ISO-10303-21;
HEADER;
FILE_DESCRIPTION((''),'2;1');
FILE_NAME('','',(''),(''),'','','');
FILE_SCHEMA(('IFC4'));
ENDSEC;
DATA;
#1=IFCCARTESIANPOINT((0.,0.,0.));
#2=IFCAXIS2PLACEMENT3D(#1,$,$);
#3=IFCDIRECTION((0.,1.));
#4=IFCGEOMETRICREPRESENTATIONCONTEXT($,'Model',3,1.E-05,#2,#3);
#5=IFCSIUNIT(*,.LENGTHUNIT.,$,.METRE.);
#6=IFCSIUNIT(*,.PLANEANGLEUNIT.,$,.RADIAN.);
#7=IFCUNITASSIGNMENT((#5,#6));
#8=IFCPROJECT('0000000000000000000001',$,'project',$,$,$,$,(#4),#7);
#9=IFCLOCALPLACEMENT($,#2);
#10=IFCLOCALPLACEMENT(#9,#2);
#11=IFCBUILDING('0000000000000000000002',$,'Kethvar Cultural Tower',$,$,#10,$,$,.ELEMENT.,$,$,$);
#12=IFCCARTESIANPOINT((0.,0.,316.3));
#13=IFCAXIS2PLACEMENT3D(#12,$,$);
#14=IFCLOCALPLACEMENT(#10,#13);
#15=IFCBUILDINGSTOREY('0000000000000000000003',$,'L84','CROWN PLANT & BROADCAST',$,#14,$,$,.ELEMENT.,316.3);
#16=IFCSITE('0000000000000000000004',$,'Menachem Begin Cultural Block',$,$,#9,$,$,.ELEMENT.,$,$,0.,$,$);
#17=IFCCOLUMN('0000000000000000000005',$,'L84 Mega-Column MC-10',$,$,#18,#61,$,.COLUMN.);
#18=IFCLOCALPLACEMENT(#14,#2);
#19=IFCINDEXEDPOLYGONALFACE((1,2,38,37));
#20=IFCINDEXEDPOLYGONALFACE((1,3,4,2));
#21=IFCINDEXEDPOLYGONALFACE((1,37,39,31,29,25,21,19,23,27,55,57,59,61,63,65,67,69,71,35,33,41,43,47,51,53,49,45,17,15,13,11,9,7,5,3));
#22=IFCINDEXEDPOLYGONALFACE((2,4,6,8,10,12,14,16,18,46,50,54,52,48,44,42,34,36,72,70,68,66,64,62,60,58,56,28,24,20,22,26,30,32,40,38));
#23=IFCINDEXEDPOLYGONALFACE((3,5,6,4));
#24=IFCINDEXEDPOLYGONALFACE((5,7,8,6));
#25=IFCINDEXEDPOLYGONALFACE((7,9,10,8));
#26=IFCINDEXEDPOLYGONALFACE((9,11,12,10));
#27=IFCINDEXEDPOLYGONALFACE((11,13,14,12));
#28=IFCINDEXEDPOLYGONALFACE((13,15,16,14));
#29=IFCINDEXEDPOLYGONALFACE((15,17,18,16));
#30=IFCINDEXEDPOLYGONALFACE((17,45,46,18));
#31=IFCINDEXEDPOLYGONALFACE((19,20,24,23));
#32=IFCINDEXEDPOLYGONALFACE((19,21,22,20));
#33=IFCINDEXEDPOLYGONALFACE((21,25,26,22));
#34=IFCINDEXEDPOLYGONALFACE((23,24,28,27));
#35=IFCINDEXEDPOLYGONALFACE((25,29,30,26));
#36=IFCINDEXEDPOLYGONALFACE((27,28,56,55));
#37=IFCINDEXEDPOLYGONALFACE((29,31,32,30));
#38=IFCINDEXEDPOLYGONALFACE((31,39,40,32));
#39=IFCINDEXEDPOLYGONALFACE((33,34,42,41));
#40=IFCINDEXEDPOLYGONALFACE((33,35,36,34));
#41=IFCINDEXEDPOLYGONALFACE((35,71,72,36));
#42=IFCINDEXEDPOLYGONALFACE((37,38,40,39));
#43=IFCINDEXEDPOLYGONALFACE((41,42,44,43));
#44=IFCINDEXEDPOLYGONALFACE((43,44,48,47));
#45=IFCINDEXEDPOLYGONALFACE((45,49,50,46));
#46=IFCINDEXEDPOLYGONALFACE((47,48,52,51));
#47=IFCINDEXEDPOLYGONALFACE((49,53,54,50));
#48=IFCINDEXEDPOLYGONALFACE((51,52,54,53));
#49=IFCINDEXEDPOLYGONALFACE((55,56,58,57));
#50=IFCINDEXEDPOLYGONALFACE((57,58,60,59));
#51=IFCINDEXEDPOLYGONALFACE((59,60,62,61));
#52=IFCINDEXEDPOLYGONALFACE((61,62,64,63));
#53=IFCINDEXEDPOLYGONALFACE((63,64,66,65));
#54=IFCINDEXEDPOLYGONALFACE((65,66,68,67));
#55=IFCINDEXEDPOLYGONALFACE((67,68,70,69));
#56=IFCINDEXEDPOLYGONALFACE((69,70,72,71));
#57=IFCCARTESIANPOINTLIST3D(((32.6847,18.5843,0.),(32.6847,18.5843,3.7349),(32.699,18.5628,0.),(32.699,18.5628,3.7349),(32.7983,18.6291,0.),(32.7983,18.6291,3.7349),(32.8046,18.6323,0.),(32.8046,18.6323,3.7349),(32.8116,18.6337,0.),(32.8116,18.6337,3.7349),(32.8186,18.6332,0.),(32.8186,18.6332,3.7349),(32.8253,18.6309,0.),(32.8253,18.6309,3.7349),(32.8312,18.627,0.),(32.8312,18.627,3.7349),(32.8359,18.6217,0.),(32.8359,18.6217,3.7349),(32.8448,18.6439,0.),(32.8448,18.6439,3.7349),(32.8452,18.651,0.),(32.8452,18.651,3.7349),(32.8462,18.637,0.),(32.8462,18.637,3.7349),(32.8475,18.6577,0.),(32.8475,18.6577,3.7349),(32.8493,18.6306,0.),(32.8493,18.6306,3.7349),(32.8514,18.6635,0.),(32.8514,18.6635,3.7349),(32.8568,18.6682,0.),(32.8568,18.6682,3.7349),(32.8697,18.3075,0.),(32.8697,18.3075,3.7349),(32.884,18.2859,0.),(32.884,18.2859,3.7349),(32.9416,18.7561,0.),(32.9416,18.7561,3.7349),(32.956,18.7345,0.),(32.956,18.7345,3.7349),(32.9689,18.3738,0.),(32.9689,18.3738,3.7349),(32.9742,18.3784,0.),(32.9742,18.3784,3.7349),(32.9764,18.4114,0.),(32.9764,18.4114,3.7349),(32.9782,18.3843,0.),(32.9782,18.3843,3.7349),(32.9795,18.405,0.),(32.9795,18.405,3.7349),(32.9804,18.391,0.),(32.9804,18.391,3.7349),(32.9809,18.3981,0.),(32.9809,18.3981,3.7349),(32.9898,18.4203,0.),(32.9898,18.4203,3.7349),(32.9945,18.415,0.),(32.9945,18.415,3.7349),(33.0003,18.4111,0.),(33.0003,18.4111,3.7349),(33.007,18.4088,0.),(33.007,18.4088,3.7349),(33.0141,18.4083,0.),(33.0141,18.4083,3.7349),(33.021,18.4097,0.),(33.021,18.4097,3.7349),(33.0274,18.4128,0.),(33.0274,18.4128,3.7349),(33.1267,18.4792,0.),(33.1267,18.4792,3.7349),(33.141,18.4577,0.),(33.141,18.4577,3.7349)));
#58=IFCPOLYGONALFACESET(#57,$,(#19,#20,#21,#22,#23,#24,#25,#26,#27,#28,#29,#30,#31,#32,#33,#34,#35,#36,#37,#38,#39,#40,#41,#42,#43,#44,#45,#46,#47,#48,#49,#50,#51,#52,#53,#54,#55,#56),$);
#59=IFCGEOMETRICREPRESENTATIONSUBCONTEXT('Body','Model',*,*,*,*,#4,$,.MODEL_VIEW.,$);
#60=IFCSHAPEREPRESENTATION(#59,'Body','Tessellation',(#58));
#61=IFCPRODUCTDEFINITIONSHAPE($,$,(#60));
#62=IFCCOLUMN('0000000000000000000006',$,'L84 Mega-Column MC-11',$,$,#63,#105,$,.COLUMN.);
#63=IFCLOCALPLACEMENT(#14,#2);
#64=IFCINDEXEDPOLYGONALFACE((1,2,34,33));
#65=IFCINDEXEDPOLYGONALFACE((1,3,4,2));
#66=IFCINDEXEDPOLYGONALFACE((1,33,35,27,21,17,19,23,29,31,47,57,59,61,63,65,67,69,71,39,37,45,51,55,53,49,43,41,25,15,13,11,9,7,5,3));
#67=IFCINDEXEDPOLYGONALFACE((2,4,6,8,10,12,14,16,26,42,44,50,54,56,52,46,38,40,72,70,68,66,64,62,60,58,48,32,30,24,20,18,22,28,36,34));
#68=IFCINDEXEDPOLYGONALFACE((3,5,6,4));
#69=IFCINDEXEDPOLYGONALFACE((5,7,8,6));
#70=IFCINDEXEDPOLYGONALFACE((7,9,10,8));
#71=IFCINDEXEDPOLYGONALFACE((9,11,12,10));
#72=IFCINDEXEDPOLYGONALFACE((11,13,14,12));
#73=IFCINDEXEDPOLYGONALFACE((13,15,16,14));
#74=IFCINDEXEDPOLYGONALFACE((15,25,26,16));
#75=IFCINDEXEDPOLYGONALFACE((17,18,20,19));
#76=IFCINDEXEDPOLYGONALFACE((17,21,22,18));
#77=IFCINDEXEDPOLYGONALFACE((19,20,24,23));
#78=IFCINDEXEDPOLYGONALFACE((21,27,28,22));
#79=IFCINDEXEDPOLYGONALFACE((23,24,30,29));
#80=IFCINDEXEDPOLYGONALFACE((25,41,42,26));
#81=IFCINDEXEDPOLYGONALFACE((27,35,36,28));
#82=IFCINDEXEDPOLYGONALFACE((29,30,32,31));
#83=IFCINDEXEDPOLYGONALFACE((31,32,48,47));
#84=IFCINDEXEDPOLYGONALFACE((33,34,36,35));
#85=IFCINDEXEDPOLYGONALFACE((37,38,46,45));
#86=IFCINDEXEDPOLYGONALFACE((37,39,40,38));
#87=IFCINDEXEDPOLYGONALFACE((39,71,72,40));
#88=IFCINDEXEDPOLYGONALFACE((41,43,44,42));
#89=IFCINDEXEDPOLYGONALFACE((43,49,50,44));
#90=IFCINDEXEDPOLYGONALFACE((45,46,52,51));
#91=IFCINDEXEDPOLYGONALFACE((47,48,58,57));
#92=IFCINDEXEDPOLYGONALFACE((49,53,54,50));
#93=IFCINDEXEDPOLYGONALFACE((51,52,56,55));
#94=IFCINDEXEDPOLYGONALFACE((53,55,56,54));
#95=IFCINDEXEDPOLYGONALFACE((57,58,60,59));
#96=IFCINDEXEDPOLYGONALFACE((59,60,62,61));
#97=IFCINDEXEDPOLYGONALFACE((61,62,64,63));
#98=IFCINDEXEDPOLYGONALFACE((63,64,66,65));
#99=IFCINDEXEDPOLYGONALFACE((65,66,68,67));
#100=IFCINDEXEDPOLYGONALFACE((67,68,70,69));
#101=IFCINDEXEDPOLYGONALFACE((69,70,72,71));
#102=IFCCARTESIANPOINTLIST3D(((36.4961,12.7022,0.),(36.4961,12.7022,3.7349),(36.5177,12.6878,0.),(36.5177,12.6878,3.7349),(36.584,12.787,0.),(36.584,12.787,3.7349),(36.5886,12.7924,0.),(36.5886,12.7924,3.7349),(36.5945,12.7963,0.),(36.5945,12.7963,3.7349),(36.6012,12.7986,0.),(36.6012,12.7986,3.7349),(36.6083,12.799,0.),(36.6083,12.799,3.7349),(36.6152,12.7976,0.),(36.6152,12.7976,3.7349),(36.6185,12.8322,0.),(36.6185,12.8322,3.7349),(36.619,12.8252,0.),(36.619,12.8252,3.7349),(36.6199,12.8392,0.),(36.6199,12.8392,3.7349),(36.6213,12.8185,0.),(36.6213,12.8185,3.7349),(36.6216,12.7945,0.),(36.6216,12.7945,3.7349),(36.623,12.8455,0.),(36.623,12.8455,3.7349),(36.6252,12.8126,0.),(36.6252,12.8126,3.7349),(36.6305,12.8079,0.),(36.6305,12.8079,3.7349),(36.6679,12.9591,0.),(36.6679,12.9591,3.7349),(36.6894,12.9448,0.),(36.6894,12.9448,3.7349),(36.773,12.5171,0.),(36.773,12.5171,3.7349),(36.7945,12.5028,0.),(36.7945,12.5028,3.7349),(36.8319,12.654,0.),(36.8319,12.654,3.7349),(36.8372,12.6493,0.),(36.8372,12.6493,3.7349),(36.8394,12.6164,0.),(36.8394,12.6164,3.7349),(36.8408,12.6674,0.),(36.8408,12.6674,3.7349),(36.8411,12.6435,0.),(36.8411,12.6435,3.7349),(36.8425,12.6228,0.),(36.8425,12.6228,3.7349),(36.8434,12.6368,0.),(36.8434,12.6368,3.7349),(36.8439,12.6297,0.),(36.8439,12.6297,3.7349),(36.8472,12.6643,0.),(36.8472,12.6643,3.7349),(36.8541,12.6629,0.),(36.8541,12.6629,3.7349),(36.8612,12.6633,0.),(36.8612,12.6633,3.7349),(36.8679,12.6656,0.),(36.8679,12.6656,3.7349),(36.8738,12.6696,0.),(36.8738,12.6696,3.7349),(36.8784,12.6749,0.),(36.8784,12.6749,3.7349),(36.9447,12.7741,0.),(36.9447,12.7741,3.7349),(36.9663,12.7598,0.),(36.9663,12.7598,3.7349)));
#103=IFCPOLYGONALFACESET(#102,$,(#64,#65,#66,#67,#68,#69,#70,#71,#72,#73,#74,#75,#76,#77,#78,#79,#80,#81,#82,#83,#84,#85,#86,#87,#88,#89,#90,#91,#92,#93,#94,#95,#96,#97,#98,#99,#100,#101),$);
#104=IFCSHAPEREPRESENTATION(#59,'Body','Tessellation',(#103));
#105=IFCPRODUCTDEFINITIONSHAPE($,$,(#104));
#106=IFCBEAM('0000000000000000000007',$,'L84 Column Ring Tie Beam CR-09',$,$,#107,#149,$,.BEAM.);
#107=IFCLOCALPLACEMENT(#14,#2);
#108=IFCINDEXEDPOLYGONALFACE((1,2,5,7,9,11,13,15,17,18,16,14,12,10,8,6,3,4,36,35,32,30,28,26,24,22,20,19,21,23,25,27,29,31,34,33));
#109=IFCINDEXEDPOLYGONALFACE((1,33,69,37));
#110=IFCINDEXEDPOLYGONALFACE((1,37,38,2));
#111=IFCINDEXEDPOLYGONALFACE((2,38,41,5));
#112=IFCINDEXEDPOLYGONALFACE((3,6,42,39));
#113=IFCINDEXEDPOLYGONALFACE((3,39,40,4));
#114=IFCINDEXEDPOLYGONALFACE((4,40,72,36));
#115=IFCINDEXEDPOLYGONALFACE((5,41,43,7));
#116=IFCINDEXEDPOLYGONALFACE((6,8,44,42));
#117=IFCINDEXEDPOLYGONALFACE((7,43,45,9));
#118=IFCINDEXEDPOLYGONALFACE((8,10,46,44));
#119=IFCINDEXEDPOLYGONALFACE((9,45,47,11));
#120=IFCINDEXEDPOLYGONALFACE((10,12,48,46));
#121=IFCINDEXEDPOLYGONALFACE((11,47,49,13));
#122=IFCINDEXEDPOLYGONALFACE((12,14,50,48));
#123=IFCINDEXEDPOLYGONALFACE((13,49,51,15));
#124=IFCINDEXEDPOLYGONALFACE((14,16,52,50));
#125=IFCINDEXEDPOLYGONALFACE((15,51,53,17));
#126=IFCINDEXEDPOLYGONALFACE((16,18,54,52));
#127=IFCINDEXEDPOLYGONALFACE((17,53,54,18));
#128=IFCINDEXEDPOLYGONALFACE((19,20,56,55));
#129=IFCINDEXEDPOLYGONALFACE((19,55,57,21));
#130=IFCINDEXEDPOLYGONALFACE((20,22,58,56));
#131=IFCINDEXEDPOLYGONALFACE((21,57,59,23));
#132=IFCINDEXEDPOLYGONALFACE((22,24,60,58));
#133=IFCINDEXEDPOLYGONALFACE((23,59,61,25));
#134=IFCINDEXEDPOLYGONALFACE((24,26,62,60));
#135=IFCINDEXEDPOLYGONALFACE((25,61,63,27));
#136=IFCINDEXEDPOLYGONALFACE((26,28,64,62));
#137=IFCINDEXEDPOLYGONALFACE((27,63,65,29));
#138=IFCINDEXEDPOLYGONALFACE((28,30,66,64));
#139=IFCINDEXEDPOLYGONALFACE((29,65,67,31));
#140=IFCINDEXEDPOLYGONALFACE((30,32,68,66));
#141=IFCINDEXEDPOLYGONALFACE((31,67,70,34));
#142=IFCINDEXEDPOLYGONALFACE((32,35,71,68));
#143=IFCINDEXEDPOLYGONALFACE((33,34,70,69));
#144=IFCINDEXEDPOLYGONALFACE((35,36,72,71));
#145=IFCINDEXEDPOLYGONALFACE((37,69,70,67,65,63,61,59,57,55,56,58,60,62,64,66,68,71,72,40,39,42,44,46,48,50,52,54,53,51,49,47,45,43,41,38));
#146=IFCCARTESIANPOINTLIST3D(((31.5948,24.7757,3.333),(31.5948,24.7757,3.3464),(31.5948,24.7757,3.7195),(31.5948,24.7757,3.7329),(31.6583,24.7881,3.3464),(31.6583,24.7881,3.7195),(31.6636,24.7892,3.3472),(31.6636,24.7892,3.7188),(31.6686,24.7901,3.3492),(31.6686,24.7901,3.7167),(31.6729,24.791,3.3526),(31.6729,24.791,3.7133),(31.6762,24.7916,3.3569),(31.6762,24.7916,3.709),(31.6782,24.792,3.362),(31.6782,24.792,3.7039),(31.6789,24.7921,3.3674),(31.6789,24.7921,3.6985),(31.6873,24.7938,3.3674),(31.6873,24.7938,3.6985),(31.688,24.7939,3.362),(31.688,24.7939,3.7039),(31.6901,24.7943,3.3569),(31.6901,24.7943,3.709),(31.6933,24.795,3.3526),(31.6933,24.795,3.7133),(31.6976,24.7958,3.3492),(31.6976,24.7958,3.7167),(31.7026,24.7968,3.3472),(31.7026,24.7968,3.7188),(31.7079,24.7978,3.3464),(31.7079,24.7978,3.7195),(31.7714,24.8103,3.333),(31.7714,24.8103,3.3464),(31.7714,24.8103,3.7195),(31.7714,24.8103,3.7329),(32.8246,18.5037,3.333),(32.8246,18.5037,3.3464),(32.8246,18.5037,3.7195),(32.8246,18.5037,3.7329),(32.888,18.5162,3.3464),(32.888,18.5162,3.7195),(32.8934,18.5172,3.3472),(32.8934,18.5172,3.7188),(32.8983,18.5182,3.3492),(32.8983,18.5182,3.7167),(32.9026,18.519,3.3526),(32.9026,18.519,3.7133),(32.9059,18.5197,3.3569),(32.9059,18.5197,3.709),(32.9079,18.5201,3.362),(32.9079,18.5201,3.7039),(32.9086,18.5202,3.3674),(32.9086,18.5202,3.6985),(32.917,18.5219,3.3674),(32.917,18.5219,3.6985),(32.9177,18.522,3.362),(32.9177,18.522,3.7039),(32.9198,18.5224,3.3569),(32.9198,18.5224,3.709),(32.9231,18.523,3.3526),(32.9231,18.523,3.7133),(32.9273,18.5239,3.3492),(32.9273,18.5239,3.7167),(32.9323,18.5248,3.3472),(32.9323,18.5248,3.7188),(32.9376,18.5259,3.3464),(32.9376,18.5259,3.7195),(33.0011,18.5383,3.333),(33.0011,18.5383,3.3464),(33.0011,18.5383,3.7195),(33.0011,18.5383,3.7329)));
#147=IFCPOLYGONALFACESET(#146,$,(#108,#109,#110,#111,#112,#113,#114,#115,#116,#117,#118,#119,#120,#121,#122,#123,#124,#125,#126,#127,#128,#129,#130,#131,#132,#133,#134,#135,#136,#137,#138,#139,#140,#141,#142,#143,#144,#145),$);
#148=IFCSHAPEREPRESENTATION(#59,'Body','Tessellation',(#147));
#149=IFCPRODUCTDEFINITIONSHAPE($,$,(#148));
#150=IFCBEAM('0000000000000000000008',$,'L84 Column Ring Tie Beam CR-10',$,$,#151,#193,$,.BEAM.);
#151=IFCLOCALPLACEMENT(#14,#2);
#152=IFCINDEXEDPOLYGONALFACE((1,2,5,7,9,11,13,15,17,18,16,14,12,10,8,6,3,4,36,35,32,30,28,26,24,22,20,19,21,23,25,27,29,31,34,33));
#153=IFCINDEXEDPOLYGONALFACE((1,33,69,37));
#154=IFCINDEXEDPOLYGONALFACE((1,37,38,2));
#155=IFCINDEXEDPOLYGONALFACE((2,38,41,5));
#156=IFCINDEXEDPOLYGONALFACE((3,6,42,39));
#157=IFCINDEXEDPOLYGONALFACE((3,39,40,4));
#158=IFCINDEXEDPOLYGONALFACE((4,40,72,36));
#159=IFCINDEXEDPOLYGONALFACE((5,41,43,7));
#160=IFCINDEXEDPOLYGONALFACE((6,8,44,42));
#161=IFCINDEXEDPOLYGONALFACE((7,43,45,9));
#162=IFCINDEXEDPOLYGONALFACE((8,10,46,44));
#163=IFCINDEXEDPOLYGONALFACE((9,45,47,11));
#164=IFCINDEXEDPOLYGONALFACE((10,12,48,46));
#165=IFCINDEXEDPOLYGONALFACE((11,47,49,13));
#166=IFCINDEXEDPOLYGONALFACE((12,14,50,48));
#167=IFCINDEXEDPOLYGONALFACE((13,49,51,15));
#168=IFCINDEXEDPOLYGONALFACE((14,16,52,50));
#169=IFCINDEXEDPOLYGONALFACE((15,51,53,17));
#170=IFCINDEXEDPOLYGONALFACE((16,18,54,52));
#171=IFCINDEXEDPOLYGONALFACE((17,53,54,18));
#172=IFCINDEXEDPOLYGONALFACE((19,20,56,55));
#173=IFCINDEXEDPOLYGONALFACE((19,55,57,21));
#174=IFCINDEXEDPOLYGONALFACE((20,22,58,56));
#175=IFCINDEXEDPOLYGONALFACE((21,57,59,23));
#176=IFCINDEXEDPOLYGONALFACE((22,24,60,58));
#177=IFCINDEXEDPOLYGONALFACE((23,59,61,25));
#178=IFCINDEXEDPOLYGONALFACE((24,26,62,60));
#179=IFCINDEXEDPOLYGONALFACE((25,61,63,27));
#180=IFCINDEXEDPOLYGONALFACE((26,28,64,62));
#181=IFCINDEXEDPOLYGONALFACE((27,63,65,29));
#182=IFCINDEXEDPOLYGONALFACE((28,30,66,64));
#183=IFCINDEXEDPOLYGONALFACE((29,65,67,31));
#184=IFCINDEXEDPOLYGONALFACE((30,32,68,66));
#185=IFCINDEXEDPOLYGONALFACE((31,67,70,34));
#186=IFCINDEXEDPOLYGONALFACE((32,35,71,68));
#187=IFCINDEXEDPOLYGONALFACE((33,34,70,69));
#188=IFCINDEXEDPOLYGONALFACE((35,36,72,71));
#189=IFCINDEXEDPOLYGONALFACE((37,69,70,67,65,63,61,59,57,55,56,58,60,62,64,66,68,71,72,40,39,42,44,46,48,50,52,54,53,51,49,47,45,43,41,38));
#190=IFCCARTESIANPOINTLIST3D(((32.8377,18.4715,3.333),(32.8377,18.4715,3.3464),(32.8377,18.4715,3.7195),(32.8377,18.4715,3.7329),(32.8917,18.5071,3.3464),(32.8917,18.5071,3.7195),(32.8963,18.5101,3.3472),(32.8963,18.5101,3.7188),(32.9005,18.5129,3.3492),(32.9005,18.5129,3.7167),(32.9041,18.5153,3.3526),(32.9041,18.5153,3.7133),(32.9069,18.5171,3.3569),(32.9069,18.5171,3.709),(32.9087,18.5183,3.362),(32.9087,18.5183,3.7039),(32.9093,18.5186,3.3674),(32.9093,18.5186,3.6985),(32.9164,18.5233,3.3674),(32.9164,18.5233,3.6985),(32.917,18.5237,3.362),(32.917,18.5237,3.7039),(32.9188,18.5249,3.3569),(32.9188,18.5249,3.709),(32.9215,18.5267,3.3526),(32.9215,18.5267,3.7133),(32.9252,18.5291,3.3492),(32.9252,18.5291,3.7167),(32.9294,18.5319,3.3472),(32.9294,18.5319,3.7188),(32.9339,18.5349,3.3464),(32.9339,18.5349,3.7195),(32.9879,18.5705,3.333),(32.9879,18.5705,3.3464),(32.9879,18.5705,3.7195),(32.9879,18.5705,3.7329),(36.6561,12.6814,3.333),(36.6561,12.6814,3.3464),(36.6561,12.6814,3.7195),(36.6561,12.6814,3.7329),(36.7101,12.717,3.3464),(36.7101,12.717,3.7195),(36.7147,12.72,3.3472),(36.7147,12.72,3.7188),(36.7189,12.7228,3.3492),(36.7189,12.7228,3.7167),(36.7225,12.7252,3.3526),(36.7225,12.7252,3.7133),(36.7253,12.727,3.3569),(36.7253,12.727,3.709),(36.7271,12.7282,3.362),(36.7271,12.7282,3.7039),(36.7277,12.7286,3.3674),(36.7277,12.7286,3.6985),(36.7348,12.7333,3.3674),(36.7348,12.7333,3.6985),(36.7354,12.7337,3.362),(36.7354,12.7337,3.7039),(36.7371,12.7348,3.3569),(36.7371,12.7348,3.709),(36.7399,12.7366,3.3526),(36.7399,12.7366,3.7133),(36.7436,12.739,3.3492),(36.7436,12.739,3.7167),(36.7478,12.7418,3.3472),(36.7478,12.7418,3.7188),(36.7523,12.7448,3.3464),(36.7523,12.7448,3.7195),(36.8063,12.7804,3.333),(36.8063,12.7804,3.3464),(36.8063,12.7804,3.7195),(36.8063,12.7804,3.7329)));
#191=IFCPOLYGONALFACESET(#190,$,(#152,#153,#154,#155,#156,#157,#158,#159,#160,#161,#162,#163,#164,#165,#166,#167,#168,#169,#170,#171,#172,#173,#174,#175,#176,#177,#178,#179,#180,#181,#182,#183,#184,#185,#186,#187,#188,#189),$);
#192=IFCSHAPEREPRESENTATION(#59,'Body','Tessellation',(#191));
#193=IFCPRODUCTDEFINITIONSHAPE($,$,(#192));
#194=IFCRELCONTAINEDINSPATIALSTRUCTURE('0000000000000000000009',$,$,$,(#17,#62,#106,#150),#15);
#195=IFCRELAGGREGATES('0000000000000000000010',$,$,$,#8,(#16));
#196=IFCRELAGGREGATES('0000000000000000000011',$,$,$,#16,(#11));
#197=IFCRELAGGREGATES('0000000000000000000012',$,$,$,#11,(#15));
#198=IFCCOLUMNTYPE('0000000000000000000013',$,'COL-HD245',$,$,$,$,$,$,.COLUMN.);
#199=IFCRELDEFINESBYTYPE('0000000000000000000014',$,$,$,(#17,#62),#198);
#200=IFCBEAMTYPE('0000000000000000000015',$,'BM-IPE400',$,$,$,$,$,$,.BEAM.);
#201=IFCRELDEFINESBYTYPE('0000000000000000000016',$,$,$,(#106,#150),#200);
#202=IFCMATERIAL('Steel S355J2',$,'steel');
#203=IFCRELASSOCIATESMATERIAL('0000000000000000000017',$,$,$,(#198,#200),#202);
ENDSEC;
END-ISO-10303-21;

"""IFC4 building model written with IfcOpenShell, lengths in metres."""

from ifc_helpers import new_model, si_unit, direction, frame, origin, origin_2d, place, context, subcontext, project, spatial, i_section, extrude, source, transform, mapped, material, material_profile, profile_set, type_object, element, save


model = new_model("IFC4")

# Units and contexts
model_context = context("Model", 3, precision=1e-05, world=origin(), true_north=direction((0.0, 1.0)))
body_context = subcontext(model_context, "Body", "Model", "MODEL_VIEW")
ifc_project = project(units=[si_unit("LENGTHUNIT", "METRE"), si_unit("PLANEANGLEUNIT", "RADIAN")], contexts=[model_context])

# Site, building, storey
site_placement = place(None, origin())
site = spatial("IfcSite", under=ifc_project, at=site_placement, Name="Menachem Begin Cultural Block", CompositionType="ELEMENT", RefElevation=0.0)
building_placement = place(site_placement, origin())
building = spatial("IfcBuilding", under=site, at=building_placement, Name="Kethvar Cultural Tower", CompositionType="ELEMENT")
storey_placement = place(building_placement, frame((0.0, 0.0, 316.3)))
storey = spatial("IfcBuildingStorey", under=building, at=storey_placement, Name="L84", Description="CROWN PLANT & BROADCAST", CompositionType="ELEMENT", Elevation=316.3)

# Columns
ifc_material_1 = material(Name="Steel S355J2", Category="steel")
ifc_material_profile_1 = material_profile(ifc_material_1, i_section(OverallWidth=0.3091, OverallDepth=0.3589, WebThickness=0.0161, FlangeThickness=0.0259, FilletRadius=0.0271, at=origin_2d()), Name="Steel S355J2 — HD320x245")
ifc_profile_set_1 = profile_set([ifc_material_profile_1], Name="Steel S355J2 — HD320x245")
column_type = type_object("IfcColumnType", Name="COL-HD245", PredefinedType="COLUMN", material=ifc_profile_set_1)
shared_shape_1 = source(origin(), body_context, "Body", "SweptSolid", [
    extrude(i_section(OverallWidth=0.3091, OverallDepth=0.3589, WebThickness=0.0161, FlangeThickness=0.0259, FilletRadius=0.0271, at=origin_2d()), origin(), (0.0, 0.0, 1.0), 3.7349),
])
for number, where, z_axis, x_axis, name in (
    (1, (32.9128, 18.521, 0.0), (0.0, 0.0, 1.0), (-0.83147, -0.55557, 0.0), "L84 Mega-Column MC-10"),
    (2, (36.7312, 12.731, 0.0), (0.0, 0.0, 1.0), (-0.55557, -0.83147, 0.0), "L84 Mega-Column MC-11"),
):
    element("IfcColumn", number, at=place(storey_placement, frame(where, z_axis=z_axis, x_axis=x_axis)), inside=storey, type_object=column_type, Name=name, PredefinedType="COLUMN", context=body_context, shape_type="MappedRepresentation", body=[
        mapped(shared_shape_1, transform((0.0, 0.0, 0.0), scale=1.0)),
    ])

# Beams
ifc_material_profile_2 = material_profile(ifc_material_1, i_section(OverallWidth=0.1799, OverallDepth=0.3999, WebThickness=0.0085, FlangeThickness=0.0134, FilletRadius=0.021, at=origin_2d()), Name="Steel S355J2 — IPE400")
ifc_profile_set_2 = profile_set([ifc_material_profile_2], Name="Steel S355J2 — IPE400")
beam_type_1 = type_object("IfcBeamType", Name="BM-IPE400", PredefinedType="BEAM", material=ifc_profile_set_2)
shared_shape_2 = source(origin(), body_context, "Body", "SweptSolid", [
    extrude(i_section(OverallWidth=0.1799, OverallDepth=0.3999, WebThickness=0.0085, FlangeThickness=0.0134, FilletRadius=0.021, at=origin_2d()), origin(), (0.0, 0.0, 1.0), 6.3914),
])
beam_1_placement = place(storey_placement, frame((31.6831, 24.793, 3.533), z_axis=(0.192405, -0.981316, 0.0), x_axis=(0.981316, 0.192405, 0.0)))
element("IfcBeam", 3, at=beam_1_placement, inside=storey, type_object=beam_type_1, Name="L84 Column Ring Tie Beam CR-09", PredefinedType="BEAM", context=body_context, shape_type="MappedRepresentation", body=[
    mapped(shared_shape_2, transform((0.0, 0.0, 0.0), scale=1.0)),
])
shared_shape_3 = source(origin(), body_context, "Body", "SweptSolid", [
    extrude(i_section(OverallWidth=0.1799, OverallDepth=0.3999, WebThickness=0.0085, FlangeThickness=0.0134, FilletRadius=0.021, at=origin_2d()), origin(), (0.0, 0.0, 1.0), 6.9358),
])
beam_2_placement = place(storey_placement, frame((32.9128, 18.521, 3.533), z_axis=(0.550534, -0.834813, 0.0), x_axis=(0.834813, 0.550534, 0.0)))
element("IfcBeam", 4, at=beam_2_placement, inside=storey, type_object=beam_type_1, Name="L84 Column Ring Tie Beam CR-10", PredefinedType="BEAM", context=body_context, shape_type="MappedRepresentation", body=[
    mapped(shared_shape_3, transform((0.0, 0.0, 0.0), scale=1.0)),
])

save(model, "model.ifc")
